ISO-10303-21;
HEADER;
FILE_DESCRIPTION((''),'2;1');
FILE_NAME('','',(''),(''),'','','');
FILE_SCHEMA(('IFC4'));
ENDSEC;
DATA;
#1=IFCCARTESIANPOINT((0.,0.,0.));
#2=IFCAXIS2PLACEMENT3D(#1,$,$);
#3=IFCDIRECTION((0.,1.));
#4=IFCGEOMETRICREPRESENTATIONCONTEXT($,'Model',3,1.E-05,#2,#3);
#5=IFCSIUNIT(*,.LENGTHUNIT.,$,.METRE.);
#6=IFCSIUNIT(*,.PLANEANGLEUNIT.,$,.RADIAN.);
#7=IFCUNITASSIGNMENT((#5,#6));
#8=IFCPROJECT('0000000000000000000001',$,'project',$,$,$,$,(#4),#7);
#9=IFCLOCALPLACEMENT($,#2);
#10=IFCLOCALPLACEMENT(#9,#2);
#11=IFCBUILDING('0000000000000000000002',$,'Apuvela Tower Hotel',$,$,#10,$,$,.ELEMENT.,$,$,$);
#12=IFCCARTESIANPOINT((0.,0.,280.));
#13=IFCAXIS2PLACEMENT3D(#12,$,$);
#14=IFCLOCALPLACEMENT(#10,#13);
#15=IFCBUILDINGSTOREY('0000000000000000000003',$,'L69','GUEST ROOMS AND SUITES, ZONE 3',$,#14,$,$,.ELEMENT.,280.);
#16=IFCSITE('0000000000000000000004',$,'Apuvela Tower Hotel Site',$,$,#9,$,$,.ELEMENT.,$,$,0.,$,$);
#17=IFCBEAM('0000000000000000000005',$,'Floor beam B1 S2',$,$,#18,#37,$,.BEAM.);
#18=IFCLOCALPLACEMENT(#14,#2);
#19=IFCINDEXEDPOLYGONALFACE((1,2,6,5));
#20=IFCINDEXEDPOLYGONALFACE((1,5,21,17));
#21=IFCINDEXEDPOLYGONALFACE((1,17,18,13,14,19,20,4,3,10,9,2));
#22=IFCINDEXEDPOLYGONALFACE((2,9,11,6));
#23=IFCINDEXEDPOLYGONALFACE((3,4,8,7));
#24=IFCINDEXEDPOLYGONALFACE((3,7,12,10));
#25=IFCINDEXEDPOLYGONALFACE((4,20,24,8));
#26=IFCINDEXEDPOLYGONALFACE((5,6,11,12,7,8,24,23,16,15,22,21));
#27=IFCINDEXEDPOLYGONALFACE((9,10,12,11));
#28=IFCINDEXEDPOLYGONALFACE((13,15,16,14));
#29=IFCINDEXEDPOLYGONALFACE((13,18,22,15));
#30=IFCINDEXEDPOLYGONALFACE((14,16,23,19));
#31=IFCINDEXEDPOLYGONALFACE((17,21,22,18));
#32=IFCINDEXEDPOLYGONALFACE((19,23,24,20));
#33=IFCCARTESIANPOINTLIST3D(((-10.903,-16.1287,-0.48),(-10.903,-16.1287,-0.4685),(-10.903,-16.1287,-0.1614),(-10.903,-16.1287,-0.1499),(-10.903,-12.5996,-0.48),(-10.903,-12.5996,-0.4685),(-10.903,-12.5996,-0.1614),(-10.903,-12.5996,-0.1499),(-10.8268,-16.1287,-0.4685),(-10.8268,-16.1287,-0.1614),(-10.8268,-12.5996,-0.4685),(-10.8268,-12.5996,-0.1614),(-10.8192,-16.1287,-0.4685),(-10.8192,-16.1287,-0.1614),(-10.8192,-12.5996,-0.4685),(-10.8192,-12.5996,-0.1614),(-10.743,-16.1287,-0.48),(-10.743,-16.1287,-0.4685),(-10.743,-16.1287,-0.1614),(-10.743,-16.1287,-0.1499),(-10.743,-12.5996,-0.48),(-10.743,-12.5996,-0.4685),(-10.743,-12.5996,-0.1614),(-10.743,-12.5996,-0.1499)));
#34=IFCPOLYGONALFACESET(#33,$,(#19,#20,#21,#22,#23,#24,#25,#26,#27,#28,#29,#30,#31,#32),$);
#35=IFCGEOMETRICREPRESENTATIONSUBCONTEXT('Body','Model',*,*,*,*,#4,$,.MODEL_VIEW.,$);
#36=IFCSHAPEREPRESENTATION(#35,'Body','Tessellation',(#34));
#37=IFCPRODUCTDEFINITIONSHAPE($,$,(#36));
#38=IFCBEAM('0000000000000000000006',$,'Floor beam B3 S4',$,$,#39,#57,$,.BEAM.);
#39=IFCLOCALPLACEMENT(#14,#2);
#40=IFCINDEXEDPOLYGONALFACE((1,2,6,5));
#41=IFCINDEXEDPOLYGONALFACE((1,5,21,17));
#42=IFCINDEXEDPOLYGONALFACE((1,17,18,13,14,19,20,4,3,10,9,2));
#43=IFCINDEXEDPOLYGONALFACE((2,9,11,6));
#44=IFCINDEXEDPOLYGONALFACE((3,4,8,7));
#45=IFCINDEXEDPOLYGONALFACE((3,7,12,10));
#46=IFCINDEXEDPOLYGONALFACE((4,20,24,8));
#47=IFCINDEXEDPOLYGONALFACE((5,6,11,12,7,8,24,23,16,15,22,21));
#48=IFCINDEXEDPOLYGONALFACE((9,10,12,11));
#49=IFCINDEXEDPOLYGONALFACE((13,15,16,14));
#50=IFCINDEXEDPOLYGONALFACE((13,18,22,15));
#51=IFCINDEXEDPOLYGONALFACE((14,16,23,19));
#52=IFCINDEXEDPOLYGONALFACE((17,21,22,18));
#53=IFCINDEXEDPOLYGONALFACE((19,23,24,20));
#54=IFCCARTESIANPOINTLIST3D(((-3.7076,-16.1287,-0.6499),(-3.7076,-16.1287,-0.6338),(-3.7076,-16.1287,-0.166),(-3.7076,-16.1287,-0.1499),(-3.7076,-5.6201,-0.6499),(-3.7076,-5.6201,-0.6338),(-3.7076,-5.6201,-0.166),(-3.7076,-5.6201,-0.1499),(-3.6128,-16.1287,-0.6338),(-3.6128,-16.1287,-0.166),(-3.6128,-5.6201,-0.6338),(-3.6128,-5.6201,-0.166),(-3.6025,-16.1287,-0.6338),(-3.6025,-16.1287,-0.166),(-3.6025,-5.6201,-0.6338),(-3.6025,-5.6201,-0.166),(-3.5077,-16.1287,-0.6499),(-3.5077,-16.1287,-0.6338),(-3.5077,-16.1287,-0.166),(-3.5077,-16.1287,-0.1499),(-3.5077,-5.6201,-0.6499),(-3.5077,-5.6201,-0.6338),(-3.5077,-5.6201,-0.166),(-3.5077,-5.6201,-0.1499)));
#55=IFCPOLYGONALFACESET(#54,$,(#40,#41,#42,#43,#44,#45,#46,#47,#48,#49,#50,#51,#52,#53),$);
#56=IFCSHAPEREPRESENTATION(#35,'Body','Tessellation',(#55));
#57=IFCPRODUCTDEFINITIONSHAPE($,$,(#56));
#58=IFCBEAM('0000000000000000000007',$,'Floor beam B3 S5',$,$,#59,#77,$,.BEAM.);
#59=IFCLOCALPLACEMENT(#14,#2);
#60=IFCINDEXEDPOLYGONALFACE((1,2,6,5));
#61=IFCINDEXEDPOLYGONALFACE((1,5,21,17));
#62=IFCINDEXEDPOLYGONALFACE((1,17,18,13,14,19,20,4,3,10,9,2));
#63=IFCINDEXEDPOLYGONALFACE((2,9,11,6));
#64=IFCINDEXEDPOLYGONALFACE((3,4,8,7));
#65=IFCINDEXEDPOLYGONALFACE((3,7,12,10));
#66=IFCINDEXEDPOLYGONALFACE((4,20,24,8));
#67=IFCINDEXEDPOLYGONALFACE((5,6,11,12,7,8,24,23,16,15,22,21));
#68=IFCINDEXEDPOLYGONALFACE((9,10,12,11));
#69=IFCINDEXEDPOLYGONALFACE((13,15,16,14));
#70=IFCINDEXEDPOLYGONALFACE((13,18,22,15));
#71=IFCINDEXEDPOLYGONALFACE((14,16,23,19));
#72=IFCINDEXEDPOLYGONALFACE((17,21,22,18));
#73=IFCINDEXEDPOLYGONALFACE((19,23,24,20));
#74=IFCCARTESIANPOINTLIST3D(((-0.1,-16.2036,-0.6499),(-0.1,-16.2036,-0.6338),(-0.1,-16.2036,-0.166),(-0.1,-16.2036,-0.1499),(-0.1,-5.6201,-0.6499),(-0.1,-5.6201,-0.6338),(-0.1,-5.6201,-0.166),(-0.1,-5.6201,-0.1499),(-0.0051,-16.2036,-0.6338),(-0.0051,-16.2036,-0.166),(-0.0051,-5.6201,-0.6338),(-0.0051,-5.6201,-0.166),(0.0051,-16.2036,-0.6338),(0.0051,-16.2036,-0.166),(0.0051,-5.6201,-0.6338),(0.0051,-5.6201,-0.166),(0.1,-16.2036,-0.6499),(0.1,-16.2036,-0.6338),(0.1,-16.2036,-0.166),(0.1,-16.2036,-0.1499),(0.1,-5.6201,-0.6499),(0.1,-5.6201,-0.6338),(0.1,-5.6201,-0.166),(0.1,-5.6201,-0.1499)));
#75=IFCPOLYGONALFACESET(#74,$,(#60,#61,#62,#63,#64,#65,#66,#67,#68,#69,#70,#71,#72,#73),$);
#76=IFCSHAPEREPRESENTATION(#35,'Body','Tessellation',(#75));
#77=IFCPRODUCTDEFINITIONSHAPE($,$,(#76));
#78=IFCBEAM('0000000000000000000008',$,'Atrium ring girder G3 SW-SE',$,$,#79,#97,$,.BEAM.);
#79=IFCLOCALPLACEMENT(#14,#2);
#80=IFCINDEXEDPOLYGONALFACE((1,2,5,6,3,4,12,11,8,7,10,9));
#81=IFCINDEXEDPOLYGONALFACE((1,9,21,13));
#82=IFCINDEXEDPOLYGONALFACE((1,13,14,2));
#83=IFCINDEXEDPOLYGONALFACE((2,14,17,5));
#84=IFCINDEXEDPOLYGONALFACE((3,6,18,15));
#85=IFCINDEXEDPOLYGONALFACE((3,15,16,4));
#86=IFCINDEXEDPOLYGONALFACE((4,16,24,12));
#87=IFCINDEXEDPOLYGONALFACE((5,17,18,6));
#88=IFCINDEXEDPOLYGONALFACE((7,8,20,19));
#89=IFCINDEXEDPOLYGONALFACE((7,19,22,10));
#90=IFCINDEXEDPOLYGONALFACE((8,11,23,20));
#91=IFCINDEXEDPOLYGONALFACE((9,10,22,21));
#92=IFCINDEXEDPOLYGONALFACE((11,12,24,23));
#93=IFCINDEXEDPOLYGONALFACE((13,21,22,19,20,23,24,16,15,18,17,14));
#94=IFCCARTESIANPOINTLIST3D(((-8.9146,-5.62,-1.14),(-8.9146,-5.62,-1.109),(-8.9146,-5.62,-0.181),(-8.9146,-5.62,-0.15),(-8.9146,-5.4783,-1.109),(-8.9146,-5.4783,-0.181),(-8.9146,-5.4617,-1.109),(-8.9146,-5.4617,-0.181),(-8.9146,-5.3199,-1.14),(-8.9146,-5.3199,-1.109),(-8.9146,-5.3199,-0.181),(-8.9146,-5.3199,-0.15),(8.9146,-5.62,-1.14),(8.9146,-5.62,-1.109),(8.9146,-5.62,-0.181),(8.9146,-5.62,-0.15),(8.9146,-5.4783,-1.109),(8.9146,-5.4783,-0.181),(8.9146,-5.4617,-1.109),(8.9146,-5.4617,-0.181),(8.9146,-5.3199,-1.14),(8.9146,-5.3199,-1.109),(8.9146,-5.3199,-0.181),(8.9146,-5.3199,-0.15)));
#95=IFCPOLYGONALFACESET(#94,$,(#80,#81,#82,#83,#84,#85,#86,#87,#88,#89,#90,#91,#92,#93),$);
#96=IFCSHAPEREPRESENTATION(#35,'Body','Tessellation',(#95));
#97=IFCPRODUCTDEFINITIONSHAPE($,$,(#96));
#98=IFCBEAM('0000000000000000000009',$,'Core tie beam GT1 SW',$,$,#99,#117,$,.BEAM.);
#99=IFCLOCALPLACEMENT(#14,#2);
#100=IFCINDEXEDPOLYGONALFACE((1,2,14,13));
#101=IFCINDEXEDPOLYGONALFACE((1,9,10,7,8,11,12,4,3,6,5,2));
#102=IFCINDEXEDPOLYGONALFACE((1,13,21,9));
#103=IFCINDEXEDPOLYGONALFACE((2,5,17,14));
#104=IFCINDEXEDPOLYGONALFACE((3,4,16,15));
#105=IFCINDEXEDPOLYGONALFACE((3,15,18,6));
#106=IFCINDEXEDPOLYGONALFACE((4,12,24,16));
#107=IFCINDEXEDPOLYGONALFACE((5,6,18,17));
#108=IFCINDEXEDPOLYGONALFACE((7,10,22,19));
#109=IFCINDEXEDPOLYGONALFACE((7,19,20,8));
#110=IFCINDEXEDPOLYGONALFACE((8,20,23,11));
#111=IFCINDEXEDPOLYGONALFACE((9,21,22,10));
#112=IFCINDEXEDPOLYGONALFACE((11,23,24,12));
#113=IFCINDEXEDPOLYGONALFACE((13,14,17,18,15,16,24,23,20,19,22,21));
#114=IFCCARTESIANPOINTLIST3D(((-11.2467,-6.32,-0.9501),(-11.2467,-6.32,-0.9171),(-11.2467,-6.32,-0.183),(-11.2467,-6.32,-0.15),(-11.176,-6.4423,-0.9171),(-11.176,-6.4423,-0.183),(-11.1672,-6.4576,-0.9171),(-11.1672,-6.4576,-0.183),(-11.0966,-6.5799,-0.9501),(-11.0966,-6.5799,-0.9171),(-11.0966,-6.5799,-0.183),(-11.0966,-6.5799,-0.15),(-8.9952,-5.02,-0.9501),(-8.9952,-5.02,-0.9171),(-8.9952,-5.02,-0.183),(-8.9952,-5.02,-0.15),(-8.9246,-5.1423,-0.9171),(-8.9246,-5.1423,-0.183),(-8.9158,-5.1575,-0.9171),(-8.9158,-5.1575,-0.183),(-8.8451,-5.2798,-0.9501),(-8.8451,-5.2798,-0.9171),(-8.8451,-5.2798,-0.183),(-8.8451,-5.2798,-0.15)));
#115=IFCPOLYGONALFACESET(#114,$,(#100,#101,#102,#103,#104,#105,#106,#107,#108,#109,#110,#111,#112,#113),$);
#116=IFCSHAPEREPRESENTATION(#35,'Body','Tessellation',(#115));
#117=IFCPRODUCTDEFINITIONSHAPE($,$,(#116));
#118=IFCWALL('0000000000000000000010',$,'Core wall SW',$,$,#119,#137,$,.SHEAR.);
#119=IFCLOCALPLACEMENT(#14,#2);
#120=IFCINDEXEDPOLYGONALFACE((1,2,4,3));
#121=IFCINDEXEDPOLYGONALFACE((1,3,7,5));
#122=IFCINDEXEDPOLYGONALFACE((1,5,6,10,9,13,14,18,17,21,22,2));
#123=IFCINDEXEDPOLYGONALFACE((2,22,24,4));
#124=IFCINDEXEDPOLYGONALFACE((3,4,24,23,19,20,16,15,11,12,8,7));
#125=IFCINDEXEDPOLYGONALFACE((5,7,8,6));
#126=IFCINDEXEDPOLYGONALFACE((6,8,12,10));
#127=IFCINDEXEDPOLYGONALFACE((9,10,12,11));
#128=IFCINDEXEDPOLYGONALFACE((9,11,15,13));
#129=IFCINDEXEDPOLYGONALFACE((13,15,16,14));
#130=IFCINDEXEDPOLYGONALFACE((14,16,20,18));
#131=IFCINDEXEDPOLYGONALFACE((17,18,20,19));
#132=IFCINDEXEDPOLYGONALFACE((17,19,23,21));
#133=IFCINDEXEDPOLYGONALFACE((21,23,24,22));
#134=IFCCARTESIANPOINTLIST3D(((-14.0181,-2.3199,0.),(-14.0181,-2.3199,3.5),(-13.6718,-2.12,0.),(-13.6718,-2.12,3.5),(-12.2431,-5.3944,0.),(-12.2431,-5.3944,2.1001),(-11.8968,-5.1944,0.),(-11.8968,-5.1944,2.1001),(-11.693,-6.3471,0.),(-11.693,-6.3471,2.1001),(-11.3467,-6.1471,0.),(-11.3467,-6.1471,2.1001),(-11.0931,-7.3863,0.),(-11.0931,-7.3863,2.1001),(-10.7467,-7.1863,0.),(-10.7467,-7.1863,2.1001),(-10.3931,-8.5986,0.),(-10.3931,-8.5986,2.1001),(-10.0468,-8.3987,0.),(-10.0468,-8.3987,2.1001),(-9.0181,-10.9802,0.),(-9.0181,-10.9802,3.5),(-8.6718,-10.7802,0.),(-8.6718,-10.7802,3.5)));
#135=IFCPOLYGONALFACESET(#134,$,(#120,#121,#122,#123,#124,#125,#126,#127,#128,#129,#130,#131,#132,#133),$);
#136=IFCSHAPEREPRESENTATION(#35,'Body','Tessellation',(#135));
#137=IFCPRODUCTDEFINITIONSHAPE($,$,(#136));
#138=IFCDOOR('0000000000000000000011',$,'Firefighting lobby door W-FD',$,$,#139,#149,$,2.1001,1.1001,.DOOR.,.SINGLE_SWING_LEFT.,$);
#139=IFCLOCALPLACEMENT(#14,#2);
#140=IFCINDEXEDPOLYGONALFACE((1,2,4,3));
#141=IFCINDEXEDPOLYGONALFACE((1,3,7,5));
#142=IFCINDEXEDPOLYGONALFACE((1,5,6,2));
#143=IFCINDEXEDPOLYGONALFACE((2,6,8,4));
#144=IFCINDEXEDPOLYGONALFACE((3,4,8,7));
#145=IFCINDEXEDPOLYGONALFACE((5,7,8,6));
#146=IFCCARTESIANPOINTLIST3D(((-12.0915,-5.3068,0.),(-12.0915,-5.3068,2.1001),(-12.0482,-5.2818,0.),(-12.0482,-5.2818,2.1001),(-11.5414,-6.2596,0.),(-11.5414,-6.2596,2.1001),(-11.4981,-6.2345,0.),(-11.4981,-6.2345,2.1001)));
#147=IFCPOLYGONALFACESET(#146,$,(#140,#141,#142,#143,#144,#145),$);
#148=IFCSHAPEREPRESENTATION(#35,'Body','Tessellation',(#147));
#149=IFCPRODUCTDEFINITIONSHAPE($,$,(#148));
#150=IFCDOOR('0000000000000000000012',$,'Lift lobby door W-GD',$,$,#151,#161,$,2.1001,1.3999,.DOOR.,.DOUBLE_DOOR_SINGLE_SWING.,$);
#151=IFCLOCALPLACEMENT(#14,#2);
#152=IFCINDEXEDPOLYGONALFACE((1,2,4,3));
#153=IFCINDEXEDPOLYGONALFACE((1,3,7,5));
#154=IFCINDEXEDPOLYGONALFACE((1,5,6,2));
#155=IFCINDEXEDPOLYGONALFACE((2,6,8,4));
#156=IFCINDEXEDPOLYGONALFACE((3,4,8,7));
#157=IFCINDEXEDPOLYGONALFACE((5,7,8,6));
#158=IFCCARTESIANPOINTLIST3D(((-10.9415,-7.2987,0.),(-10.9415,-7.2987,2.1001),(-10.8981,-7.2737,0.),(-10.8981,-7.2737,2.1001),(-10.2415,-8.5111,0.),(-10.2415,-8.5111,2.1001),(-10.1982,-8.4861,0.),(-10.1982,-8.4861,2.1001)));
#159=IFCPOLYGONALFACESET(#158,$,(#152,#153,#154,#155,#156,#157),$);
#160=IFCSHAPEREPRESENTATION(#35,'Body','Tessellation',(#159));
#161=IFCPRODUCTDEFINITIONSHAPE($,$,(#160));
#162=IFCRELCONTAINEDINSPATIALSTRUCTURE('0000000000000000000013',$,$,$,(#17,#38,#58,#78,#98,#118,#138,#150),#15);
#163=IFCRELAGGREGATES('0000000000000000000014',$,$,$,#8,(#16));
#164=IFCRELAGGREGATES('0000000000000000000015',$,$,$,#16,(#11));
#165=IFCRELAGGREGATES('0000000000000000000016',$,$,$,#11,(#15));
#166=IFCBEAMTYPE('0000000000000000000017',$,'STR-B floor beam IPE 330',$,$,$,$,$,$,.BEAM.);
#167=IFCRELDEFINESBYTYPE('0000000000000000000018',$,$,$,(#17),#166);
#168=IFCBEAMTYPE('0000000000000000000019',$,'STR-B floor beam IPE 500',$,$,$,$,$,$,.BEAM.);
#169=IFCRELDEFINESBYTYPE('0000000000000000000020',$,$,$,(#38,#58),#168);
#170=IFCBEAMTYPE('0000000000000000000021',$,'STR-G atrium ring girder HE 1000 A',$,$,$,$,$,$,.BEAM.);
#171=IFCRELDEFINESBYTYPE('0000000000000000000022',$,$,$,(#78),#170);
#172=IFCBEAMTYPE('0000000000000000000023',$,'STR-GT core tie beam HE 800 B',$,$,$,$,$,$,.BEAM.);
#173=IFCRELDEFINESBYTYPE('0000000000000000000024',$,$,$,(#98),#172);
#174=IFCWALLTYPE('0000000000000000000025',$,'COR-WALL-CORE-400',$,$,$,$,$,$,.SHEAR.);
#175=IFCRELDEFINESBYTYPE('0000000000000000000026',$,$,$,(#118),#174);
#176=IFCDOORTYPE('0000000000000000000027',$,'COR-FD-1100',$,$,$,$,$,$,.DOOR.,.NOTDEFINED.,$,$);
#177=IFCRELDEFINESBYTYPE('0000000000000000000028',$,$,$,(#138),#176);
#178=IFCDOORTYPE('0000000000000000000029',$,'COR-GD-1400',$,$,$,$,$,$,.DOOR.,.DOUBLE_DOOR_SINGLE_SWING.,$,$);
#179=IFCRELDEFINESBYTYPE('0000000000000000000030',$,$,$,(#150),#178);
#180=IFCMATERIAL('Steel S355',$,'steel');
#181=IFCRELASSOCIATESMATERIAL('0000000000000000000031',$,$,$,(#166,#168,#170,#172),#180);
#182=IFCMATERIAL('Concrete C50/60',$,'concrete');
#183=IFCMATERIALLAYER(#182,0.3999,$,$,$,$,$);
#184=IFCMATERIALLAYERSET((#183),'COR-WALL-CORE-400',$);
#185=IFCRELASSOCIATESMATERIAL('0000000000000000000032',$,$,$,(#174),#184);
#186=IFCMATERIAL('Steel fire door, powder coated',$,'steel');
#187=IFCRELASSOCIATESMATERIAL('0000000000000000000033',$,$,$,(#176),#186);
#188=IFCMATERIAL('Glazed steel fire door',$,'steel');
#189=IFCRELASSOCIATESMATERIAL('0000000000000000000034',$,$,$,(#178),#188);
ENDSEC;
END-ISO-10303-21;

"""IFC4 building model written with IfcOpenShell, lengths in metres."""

from ifc_helpers import new_model, si_unit, direction, frame, frame_2d, origin, origin_2d, place, context, subcontext, project, spatial, rectangle, i_section, extrude, material, layer, layer_set, material_profile, profile_set, type_object, element, fill, save


model = new_model("IFC4")

# Units and contexts
model_context = context("Model", 3, precision=1e-05, world=origin(), true_north=direction((0.0, 1.0)))
body_context = subcontext(model_context, "Body", "Model", "MODEL_VIEW")
ifc_project = project(units=[si_unit("LENGTHUNIT", "METRE"), si_unit("PLANEANGLEUNIT", "RADIAN")], contexts=[model_context])

# Site, building, storey
site_placement = place(None, origin())
site = spatial("IfcSite", under=ifc_project, at=site_placement, Name="Apuvela Tower Hotel Site", CompositionType="ELEMENT", RefElevation=0.0)
building_placement = place(site_placement, origin())
building = spatial("IfcBuilding", under=site, at=building_placement, Name="Apuvela Tower Hotel", CompositionType="ELEMENT")
storey_placement = place(building_placement, frame((0.0, 0.0, 280.0)))
storey = spatial("IfcBuildingStorey", under=building, at=storey_placement, Name="L69", Description="GUEST ROOMS AND SUITES, ZONE 3", CompositionType="ELEMENT", Elevation=280.0)

# Beams
ifc_material_1 = material(Name="Steel S355", Category="steel")
ifc_material_profile_1 = material_profile(ifc_material_1, i_section(OverallWidth=0.1599, OverallDepth=0.3301, WebThickness=0.0076, FlangeThickness=0.0115, at=origin_2d()), Name="IPE 330")
ifc_profile_set_1 = profile_set([ifc_material_profile_1], Name="Steel S355")
beam_type_1 = type_object("IfcBeamType", Name="STR-B floor beam IPE 330", PredefinedType="BEAM", material=ifc_profile_set_1)
beam_1_placement = place(storey_placement, frame((-10.823, -16.1287, -0.3149), z_axis=(0.0, 1.0, 0.0), x_axis=(-1.0, 0.0, 0.0)))
element("IfcBeam", 1, at=beam_1_placement, inside=storey, type_object=beam_type_1, Name="Floor beam B1 S2", PredefinedType="BEAM", context=body_context, shape_type="SweptSolid", body=[
    extrude(i_section(OverallWidth=0.1599, OverallDepth=0.3301, WebThickness=0.0076, FlangeThickness=0.0115, at=origin_2d()), origin(), (0.0, 0.0, 1.0), 3.5291),
])
ifc_material_profile_2 = material_profile(ifc_material_1, i_section(OverallWidth=0.2, OverallDepth=0.5, WebThickness=0.0103, FlangeThickness=0.0161, at=origin_2d()), Name="IPE 500")
ifc_profile_set_2 = profile_set([ifc_material_profile_2], Name="Steel S355")
beam_type_2 = type_object("IfcBeamType", Name="STR-B floor beam IPE 500", PredefinedType="BEAM", material=ifc_profile_set_2)
beam_2_placement = place(storey_placement, frame((-3.6077, -16.1287, -0.3999), z_axis=(0.0, 1.0, 0.0), x_axis=(-1.0, 0.0, 0.0)))
element("IfcBeam", 2, at=beam_2_placement, inside=storey, type_object=beam_type_2, Name="Floor beam B3 S4", PredefinedType="BEAM", context=body_context, shape_type="SweptSolid", body=[
    extrude(i_section(OverallWidth=0.2, OverallDepth=0.5, WebThickness=0.0103, FlangeThickness=0.0161, at=origin_2d()), origin(), (0.0, 0.0, 1.0), 10.5085),
])
beam_3_placement = place(storey_placement, frame((0.0, -16.2036, -0.3999), z_axis=(0.0, 1.0, 0.0), x_axis=(-1.0, 0.0, 0.0)))
element("IfcBeam", 3, at=beam_3_placement, inside=storey, type_object=beam_type_2, Name="Floor beam B3 S5", PredefinedType="BEAM", context=body_context, shape_type="SweptSolid", body=[
    extrude(i_section(OverallWidth=0.2, OverallDepth=0.5, WebThickness=0.0103, FlangeThickness=0.0161, at=origin_2d()), origin(), (0.0, 0.0, 1.0), 10.5835),
])
ifc_material_profile_3 = material_profile(ifc_material_1, i_section(OverallWidth=0.3, OverallDepth=0.99, WebThickness=0.0166, FlangeThickness=0.031, at=origin_2d()), Name="HE 1000 A")
ifc_profile_set_3 = profile_set([ifc_material_profile_3], Name="Steel S355")
beam_type_3 = type_object("IfcBeamType", Name="STR-G atrium ring girder HE 1000 A", PredefinedType="BEAM", material=ifc_profile_set_3)
beam_4_placement = place(storey_placement, frame((-8.9146, -5.47, -0.645), z_axis=(1.0, 0.0, 0.0), x_axis=(0.0, 1.0, 0.0)))
element("IfcBeam", 4, at=beam_4_placement, inside=storey, type_object=beam_type_3, Name="Atrium ring girder G3 SW-SE", PredefinedType="BEAM", context=body_context, shape_type="SweptSolid", body=[
    extrude(i_section(OverallWidth=0.3, OverallDepth=0.99, WebThickness=0.0166, FlangeThickness=0.031, at=origin_2d()), origin(), (0.0, 0.0, 1.0), 17.8291),
])
ifc_material_profile_4 = material_profile(ifc_material_1, i_section(OverallWidth=0.3, OverallDepth=0.8, WebThickness=0.0176, FlangeThickness=0.033, at=origin_2d()), Name="HE 800 B")
ifc_profile_set_4 = profile_set([ifc_material_profile_4], Name="Steel S355")
beam_type_4 = type_object("IfcBeamType", Name="STR-GT core tie beam HE 800 B", PredefinedType="BEAM", material=ifc_profile_set_4)
beam_5_placement = place(storey_placement, frame((-11.1716, -6.45, -0.55), z_axis=(0.865998, 0.500048, 0.0), x_axis=(-0.500048, 0.865998, 0.0)))
element("IfcBeam", 5, at=beam_5_placement, inside=storey, type_object=beam_type_4, Name="Core tie beam GT1 SW", PredefinedType="BEAM", context=body_context, shape_type="SweptSolid", body=[
    extrude(i_section(OverallWidth=0.3, OverallDepth=0.8, WebThickness=0.0176, FlangeThickness=0.033, at=origin_2d()), origin(), (0.0, 0.0, 1.0), 2.5999),
])

# Wall, openings, doors
ifc_material_2 = material(Name="Concrete C50/60", Category="concrete")
ifc_layer_1 = layer(ifc_material_2, 0.3999)
ifc_layer_set_1 = layer_set([ifc_layer_1], Name="COR-WALL-CORE-400")
wall_type_1 = type_object("IfcWallType", Name="COR-WALL-CORE-400", PredefinedType="SHEAR", material=ifc_layer_set_1)
wall_1_placement = place(storey_placement, frame((-13.845, -2.22, 0.0), z_axis=(0.0, 0.0, 1.0), x_axis=(0.500004, -0.866023, 0.0)))
wall_1 = element("IfcWall", 6, at=wall_1_placement, inside=storey, type_object=wall_type_1, Name="Core wall SW", PredefinedType="SHEAR", context=body_context, shape_type="SweptSolid", body=[
    extrude(rectangle(XDim=10.0, YDim=0.3999, at=frame_2d((5.0, 0.0))), origin(), (0.0, 0.0, 1.0), 3.5),
])
opening_1_placement = place(wall_1_placement, frame((3.55, 0.0, 0.0)))
opening_1 = element("IfcOpeningElement", 7, at=opening_1_placement, cuts=wall_1, PredefinedType="OPENING", context=body_context, shape_type="SweptSolid", body=[
    extrude(rectangle(XDim=1.1001, YDim=2.1001, at=frame_2d((0.55, 1.05))), frame((0.0, 0.21, 0.0), z_axis=(0.0, -1.0, 0.0), x_axis=(1.0, 0.0, 0.0)), (0.0, 0.0, 1.0), 0.4199),
])
opening_2_placement = place(wall_1_placement, frame((5.8501, 0.0, 0.0)))
opening_2 = element("IfcOpeningElement", 8, at=opening_2_placement, cuts=wall_1, PredefinedType="OPENING", context=body_context, shape_type="SweptSolid", body=[
    extrude(rectangle(XDim=1.3999, YDim=2.1001, at=frame_2d((0.7, 1.05))), frame((0.0, 0.21, 0.0), z_axis=(0.0, -1.0, 0.0), x_axis=(1.0, 0.0, 0.0)), (0.0, 0.0, 1.0), 0.4199),
])
ifc_material_3 = material(Name="Steel fire door, powder coated", Category="steel")
door_type_1 = type_object("IfcDoorType", Name="COR-FD-1100", OperationType="NOTDEFINED", PredefinedType="DOOR", material=ifc_material_3)
door_1_placement = place(opening_1_placement, frame((1.1001, 0.0, 0.0), z_axis=(0.0, 0.0, 1.0), x_axis=(-1.0, 0.0, 0.0)))
door_1 = element("IfcDoor", 9, at=door_1_placement, inside=storey, type_object=door_type_1, Name="Firefighting lobby door W-FD", OperationType="SINGLE_SWING_LEFT", OverallHeight=2.1001, OverallWidth=1.1001, PredefinedType="DOOR", context=body_context, shape_type="SweptSolid", body=[
    extrude(rectangle(XDim=1.1001, YDim=2.1001, at=frame_2d((0.55, 1.05))), frame((0.0, 0.0249, 0.0), z_axis=(0.0, -1.0, 0.0), x_axis=(1.0, 0.0, 0.0)), (0.0, 0.0, 1.0), 0.05),
])
fill(opening_1, door_1)
ifc_material_4 = material(Name="Glazed steel fire door", Category="steel")
door_type_2 = type_object("IfcDoorType", Name="COR-GD-1400", OperationType="DOUBLE_DOOR_SINGLE_SWING", PredefinedType="DOOR", material=ifc_material_4)
door_2_placement = place(opening_2_placement, frame((1.3999, 0.0, 0.0), z_axis=(0.0, 0.0, 1.0), x_axis=(-1.0, 0.0, 0.0)))
door_2 = element("IfcDoor", 10, at=door_2_placement, inside=storey, type_object=door_type_2, Name="Lift lobby door W-GD", OperationType="DOUBLE_DOOR_SINGLE_SWING", OverallHeight=2.1001, OverallWidth=1.3999, PredefinedType="DOOR", context=body_context, shape_type="SweptSolid", body=[
    extrude(rectangle(XDim=1.3999, YDim=2.1001, at=frame_2d((0.7, 1.05))), frame((0.0, 0.0249, 0.0), z_axis=(0.0, -1.0, 0.0), x_axis=(1.0, 0.0, 0.0)), (0.0, 0.0, 1.0), 0.05),
])
fill(opening_2, door_2)

save(model, "model.ifc")
